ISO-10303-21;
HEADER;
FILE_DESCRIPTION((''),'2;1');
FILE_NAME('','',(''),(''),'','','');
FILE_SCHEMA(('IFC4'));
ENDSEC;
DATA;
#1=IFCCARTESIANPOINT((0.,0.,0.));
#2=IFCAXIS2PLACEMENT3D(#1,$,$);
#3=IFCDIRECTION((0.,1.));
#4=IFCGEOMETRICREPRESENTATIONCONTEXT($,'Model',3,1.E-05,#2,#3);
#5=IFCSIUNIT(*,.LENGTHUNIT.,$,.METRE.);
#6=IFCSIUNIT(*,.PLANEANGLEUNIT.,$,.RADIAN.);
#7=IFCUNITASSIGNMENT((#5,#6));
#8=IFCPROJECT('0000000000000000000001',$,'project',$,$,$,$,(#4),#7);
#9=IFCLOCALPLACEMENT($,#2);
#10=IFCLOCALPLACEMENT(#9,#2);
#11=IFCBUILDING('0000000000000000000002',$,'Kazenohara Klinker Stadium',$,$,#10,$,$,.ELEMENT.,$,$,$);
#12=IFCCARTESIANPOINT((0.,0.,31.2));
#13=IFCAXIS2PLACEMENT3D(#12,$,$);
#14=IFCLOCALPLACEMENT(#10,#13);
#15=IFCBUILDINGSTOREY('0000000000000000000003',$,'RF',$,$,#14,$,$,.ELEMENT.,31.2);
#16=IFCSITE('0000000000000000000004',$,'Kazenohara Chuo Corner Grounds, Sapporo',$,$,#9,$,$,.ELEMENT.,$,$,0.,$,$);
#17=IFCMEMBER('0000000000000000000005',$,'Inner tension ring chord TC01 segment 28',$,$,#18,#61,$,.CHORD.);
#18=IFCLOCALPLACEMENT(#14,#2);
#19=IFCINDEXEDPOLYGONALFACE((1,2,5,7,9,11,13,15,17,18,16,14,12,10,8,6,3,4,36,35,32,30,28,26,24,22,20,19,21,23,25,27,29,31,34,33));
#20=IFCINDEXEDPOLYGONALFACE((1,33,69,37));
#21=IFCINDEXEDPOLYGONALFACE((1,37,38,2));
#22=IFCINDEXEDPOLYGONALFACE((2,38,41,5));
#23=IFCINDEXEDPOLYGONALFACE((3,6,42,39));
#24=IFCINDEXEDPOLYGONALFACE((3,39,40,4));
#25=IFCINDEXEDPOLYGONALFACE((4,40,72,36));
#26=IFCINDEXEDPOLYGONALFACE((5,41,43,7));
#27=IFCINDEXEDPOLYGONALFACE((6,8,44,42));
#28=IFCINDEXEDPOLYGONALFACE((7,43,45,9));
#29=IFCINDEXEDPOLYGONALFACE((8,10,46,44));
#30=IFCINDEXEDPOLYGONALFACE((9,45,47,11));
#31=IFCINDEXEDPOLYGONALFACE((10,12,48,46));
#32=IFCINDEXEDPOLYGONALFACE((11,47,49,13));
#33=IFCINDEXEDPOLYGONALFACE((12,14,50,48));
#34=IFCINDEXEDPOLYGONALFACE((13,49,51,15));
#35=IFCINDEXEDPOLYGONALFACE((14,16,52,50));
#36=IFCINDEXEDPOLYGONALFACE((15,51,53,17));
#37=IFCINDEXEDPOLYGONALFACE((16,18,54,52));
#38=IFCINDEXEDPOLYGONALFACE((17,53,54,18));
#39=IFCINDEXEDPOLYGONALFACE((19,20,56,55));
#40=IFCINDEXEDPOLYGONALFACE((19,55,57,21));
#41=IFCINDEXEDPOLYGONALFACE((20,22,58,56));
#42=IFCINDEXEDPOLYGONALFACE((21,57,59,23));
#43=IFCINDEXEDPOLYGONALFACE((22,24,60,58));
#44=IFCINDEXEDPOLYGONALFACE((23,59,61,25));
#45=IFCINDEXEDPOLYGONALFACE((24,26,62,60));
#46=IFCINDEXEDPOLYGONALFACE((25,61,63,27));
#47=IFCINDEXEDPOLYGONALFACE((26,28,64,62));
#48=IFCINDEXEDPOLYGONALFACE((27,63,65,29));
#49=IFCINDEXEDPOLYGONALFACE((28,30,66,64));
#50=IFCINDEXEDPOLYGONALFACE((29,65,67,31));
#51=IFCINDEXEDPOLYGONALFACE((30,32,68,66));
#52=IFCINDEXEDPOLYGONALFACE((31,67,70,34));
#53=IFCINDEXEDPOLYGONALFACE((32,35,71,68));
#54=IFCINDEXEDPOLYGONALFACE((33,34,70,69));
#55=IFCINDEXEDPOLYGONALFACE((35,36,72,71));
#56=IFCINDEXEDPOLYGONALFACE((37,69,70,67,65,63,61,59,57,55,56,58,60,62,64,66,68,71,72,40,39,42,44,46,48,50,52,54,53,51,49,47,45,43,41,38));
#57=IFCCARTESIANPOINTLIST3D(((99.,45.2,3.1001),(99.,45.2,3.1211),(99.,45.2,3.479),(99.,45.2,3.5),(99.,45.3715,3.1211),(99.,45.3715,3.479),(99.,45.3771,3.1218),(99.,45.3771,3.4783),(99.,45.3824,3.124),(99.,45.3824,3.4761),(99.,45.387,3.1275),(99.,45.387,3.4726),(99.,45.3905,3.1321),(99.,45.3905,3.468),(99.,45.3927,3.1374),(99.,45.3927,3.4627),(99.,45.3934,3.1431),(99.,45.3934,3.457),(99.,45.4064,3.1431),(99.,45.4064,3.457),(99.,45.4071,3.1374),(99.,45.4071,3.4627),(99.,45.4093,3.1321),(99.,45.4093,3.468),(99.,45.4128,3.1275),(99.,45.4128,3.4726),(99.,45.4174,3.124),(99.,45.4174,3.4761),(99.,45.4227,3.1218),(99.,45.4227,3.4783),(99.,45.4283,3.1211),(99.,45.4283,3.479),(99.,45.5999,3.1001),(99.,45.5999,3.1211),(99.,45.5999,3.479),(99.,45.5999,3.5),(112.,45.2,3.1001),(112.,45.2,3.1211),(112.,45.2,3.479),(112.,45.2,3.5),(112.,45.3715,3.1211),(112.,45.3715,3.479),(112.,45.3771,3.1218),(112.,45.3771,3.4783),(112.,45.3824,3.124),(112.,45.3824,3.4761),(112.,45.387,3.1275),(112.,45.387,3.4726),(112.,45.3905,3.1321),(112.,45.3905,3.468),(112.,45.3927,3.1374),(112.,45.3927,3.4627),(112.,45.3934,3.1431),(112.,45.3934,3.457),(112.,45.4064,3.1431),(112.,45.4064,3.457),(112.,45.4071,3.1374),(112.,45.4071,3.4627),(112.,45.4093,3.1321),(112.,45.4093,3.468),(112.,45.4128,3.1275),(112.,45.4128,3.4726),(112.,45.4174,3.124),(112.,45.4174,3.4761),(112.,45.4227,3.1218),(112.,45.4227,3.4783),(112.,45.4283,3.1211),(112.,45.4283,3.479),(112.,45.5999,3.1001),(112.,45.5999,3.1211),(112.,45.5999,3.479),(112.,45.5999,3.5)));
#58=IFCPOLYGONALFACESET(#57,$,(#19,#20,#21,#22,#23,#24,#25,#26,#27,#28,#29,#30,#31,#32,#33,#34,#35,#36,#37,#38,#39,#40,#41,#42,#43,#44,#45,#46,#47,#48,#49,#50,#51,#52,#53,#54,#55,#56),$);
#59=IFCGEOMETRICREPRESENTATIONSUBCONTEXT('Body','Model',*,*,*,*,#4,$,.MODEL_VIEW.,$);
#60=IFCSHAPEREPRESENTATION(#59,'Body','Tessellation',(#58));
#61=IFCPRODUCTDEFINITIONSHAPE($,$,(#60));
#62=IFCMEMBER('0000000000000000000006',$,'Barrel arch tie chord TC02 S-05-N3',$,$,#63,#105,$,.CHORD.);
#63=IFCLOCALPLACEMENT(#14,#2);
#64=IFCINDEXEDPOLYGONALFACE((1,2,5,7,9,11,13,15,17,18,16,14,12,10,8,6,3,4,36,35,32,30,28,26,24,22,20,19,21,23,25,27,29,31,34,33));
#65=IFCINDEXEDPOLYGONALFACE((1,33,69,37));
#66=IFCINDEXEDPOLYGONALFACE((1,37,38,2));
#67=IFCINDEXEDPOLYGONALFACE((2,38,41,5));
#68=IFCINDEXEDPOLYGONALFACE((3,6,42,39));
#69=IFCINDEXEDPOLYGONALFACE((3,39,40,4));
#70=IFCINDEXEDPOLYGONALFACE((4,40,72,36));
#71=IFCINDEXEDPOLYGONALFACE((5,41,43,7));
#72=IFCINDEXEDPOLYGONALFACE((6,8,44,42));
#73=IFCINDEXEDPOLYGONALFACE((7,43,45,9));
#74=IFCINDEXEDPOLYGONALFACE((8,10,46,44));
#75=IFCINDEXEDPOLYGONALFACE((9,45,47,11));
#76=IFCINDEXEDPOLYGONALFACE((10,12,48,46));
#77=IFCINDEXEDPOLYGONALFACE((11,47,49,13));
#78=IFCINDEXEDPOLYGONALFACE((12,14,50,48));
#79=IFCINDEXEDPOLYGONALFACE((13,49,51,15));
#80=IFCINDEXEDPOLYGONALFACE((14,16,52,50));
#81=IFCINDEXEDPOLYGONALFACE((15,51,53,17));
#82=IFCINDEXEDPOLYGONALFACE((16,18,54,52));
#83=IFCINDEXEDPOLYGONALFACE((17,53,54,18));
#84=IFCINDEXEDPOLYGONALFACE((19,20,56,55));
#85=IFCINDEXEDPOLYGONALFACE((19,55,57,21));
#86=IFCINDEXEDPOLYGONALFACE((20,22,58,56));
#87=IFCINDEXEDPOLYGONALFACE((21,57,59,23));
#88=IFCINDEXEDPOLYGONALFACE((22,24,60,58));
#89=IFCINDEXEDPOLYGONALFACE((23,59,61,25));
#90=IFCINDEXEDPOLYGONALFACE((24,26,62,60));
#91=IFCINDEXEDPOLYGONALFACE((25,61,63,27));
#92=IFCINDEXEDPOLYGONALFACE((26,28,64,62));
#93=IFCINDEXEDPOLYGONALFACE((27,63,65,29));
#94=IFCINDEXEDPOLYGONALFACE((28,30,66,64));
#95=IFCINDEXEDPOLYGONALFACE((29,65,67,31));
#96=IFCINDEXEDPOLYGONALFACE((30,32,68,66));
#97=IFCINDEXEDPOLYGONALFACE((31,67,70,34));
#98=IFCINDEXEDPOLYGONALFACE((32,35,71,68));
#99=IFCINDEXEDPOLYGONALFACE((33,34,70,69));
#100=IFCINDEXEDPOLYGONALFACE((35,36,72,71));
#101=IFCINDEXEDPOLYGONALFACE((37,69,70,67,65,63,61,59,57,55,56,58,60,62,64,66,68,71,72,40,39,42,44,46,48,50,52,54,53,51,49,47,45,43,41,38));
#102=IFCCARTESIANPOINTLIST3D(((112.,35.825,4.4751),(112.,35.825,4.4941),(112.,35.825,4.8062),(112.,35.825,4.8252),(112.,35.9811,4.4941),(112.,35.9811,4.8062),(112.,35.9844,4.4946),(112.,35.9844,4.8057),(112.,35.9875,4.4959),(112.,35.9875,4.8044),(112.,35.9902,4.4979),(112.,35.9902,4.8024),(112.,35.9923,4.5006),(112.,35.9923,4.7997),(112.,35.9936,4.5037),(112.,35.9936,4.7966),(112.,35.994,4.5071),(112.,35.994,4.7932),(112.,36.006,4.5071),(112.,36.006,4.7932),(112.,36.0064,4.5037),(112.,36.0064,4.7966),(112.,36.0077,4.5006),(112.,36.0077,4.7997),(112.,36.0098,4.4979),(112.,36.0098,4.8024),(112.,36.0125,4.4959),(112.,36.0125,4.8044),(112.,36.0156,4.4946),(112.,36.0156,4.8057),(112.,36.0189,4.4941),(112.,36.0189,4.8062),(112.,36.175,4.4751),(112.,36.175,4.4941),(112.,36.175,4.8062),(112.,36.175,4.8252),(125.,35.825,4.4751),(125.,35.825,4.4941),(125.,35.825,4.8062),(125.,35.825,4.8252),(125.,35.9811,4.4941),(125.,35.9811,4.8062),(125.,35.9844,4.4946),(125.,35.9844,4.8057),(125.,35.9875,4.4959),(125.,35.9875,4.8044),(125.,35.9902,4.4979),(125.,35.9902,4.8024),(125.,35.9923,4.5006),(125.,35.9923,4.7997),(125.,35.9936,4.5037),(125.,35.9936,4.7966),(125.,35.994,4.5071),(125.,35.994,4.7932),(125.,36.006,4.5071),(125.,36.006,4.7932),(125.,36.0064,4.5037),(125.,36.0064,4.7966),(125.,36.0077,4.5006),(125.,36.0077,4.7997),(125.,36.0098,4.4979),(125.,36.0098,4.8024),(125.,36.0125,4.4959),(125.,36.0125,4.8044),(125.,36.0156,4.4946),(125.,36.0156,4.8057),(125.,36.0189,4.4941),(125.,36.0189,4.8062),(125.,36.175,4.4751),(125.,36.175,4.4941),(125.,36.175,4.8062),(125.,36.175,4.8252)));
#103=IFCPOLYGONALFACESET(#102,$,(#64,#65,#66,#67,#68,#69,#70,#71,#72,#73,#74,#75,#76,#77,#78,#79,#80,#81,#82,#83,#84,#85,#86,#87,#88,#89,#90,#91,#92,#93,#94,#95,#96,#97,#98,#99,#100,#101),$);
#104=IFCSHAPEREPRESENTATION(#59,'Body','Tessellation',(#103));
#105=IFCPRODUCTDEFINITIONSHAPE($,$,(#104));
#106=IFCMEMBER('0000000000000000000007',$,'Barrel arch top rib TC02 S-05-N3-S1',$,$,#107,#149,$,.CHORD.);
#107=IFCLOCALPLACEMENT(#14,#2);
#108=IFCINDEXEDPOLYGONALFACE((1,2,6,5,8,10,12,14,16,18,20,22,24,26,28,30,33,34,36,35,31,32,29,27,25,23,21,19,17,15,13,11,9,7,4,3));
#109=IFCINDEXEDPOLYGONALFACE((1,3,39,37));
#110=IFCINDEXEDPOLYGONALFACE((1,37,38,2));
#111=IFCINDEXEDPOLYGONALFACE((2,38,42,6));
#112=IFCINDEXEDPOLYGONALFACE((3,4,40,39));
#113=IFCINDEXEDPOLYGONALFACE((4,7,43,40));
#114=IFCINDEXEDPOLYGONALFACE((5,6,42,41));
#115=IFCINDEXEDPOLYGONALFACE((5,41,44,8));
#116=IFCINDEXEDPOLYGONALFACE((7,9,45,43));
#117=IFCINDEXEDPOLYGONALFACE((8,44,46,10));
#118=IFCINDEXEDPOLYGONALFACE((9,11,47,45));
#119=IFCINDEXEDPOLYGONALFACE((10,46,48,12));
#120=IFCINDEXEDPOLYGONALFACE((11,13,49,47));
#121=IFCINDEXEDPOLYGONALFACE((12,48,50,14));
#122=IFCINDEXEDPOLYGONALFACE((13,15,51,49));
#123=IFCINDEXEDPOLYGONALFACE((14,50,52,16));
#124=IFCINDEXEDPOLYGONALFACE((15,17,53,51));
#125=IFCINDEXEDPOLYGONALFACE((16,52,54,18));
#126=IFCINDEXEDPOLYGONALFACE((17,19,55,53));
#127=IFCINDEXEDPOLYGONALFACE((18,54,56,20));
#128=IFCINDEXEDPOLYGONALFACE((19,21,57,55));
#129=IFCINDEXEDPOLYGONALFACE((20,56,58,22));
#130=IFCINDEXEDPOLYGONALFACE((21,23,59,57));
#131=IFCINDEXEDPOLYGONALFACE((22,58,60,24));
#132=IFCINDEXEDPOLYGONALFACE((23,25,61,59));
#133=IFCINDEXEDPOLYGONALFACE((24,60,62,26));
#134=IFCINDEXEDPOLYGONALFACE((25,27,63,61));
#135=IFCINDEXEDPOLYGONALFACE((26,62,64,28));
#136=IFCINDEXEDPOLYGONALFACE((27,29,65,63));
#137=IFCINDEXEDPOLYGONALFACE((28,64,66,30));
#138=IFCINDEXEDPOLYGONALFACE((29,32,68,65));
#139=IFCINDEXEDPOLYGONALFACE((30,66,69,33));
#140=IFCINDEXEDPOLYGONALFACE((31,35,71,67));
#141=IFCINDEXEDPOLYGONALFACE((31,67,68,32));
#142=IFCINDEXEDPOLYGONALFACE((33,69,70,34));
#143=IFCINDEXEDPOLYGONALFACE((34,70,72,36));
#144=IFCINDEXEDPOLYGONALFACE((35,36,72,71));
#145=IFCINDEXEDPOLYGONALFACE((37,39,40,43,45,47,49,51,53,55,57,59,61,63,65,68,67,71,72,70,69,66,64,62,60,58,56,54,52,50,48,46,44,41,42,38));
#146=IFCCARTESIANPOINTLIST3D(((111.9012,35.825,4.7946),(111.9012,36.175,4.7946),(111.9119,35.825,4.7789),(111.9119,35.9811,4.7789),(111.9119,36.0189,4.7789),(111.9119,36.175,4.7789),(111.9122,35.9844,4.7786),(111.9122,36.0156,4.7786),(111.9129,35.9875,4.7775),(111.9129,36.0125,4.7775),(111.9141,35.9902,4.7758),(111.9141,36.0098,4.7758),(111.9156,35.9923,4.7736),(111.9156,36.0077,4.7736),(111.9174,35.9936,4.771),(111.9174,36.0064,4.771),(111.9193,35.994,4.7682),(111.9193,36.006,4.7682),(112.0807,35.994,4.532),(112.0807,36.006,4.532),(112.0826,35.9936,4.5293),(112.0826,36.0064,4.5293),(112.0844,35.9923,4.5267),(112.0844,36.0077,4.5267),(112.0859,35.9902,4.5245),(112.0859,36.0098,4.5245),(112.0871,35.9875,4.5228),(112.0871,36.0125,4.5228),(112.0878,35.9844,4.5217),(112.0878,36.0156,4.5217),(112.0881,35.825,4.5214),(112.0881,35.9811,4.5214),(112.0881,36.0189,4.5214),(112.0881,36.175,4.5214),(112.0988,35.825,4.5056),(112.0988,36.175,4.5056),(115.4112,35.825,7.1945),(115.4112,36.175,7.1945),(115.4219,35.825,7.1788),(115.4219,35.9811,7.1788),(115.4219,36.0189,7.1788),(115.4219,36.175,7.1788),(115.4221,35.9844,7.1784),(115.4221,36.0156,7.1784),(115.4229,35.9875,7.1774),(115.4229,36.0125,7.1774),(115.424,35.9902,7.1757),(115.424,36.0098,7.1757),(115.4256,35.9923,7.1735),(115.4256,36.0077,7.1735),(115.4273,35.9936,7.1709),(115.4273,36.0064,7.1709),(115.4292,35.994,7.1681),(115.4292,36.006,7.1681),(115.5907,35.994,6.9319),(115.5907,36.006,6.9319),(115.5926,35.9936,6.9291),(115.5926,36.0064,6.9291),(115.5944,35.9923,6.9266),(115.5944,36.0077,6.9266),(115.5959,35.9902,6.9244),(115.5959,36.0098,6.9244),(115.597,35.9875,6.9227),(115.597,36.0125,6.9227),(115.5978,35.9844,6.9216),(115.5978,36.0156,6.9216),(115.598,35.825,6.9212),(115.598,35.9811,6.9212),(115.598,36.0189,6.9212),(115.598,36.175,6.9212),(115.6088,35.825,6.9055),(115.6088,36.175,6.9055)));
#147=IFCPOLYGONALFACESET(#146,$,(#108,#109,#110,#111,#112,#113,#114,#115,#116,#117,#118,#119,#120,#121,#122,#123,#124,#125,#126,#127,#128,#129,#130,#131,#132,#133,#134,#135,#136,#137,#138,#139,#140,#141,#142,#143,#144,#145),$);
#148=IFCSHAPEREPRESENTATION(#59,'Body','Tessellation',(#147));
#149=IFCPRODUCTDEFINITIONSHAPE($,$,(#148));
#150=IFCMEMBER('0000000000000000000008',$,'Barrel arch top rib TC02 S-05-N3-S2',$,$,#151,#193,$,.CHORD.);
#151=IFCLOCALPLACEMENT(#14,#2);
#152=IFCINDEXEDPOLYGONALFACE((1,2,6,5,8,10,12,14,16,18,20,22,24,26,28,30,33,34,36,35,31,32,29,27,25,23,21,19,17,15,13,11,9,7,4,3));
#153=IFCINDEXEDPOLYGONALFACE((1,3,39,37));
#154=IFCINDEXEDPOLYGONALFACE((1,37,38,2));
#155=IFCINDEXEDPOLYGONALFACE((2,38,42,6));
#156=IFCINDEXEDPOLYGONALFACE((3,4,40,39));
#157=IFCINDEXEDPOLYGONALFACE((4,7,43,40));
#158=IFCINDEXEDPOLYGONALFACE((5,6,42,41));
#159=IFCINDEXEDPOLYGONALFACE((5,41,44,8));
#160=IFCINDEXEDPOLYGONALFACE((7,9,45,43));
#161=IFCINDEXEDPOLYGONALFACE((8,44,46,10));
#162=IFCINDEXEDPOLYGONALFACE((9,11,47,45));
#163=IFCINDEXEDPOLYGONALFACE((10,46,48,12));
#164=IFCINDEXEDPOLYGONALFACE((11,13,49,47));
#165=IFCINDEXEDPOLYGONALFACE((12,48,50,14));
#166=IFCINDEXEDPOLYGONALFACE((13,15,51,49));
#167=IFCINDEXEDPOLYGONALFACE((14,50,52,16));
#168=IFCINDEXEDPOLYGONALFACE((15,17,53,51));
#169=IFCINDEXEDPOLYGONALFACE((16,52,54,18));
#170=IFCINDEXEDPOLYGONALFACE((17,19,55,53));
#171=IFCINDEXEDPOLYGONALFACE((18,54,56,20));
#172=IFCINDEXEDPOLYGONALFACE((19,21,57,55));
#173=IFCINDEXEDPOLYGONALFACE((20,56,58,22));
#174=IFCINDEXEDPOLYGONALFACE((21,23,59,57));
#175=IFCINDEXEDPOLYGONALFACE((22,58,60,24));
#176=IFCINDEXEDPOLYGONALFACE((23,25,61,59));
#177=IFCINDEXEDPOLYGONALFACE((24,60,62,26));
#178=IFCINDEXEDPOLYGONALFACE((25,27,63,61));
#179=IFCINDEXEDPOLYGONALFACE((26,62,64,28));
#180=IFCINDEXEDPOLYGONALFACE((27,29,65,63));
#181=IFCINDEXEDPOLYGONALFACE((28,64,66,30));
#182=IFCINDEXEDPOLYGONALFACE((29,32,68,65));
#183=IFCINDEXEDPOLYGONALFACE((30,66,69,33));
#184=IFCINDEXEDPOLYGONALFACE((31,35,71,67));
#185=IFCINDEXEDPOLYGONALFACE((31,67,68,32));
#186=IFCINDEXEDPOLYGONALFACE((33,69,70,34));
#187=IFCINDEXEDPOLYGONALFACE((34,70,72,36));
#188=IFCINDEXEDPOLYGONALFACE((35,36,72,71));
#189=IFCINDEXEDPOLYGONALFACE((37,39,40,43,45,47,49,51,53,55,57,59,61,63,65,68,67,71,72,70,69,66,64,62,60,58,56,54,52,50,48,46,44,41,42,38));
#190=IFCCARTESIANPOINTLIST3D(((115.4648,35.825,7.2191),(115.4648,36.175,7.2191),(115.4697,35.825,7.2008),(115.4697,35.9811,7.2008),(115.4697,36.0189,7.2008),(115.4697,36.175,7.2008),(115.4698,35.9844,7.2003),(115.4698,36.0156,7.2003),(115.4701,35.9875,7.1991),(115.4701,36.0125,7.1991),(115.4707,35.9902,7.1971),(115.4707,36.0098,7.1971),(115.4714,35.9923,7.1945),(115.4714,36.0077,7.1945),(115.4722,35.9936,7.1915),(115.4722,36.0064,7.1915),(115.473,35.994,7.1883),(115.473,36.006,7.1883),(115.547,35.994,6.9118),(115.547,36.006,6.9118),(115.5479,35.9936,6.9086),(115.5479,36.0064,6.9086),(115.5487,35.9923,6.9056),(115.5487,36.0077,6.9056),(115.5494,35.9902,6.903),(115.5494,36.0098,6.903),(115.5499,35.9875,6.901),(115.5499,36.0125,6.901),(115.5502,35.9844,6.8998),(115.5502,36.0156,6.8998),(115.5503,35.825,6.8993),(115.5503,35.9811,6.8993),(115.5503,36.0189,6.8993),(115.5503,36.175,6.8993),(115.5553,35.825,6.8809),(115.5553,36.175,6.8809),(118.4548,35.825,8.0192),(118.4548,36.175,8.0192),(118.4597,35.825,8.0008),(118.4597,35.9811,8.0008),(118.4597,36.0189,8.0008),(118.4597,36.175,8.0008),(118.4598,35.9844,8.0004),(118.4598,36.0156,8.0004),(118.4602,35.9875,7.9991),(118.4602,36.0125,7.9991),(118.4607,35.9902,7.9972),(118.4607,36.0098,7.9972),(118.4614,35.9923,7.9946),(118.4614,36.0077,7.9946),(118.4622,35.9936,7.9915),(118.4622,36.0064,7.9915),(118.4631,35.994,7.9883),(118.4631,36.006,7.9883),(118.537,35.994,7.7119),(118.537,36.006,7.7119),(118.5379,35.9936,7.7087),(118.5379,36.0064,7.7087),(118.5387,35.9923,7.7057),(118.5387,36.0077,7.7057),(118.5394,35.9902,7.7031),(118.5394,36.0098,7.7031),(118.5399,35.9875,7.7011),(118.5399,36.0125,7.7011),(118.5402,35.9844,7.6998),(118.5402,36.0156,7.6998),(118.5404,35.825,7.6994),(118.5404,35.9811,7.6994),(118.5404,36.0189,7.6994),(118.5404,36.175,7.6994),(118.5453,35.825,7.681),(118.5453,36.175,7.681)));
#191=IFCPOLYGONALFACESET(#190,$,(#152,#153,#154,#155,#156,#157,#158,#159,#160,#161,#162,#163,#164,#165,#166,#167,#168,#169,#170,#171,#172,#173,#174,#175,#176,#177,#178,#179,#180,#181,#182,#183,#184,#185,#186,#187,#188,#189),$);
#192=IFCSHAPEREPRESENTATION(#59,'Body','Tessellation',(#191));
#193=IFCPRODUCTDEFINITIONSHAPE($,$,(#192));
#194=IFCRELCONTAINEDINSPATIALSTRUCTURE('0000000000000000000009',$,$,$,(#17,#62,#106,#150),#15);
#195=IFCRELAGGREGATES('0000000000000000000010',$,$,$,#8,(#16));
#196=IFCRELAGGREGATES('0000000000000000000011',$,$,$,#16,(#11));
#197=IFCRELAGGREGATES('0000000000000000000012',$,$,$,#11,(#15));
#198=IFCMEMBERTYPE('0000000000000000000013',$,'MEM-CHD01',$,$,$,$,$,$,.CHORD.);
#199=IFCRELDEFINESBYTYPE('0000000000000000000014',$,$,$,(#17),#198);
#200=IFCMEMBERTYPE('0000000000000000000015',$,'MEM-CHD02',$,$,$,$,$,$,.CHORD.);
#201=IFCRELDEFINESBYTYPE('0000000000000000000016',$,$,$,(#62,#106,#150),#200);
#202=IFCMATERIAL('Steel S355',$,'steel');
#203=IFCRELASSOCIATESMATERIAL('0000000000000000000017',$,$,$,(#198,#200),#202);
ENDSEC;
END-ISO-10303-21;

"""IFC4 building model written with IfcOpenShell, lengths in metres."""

from ifc_helpers import new_model, si_unit, direction, frame, origin, origin_2d, place, context, subcontext, project, spatial, i_section, extrude, material, material_profile, profile_set, type_object, element, save


model = new_model("IFC4")

# Units and contexts
model_context = context("Model", 3, precision=1e-05, world=origin(), true_north=direction((0.0, 1.0)))
body_context = subcontext(model_context, "Body", "Model", "MODEL_VIEW")
ifc_project = project(units=[si_unit("LENGTHUNIT", "METRE"), si_unit("PLANEANGLEUNIT", "RADIAN")], contexts=[model_context])

# Site, building, storey
site_placement = place(None, origin())
site = spatial("IfcSite", under=ifc_project, at=site_placement, Name="Kazenohara Chuo Corner Grounds, Sapporo", CompositionType="ELEMENT", RefElevation=0.0)
building_placement = place(site_placement, origin())
building = spatial("IfcBuilding", under=site, at=building_placement, Name="Kazenohara Klinker Stadium", CompositionType="ELEMENT")
storey_placement = place(building_placement, frame((0.0, 0.0, 31.2)))
storey = spatial("IfcBuildingStorey", under=building, at=storey_placement, Name="RF", CompositionType="ELEMENT", Elevation=31.2)

# Members
ifc_material_1 = material(Name="Steel S355", Category="steel")
ifc_material_profile_1 = material_profile(ifc_material_1, i_section(OverallWidth=0.3999, OverallDepth=0.3999, WebThickness=0.0129, FlangeThickness=0.021, FilletRadius=0.022, at=origin_2d()), Name="H-400x400x13x21")
ifc_profile_set_1 = profile_set([ifc_material_profile_1], Name="Steel S355")
member_type_1 = type_object("IfcMemberType", Name="MEM-CHD01", PredefinedType="CHORD", material=ifc_profile_set_1)
member_1_placement = place(storey_placement, frame((112.0, 45.3999, 3.3), z_axis=(-1.0, 0.0, 0.0), x_axis=(0.0, -1.0, 0.0)))
element("IfcMember", 1, at=member_1_placement, inside=storey, type_object=member_type_1, Name="Inner tension ring chord TC01 segment 28", PredefinedType="CHORD", context=body_context, shape_type="SweptSolid", body=[
    extrude(i_section(OverallWidth=0.3999, OverallDepth=0.3999, WebThickness=0.0129, FlangeThickness=0.021, FilletRadius=0.022, at=origin_2d()), origin(), (0.0, 0.0, 1.0), 13.0),
])
ifc_material_profile_2 = material_profile(ifc_material_1, i_section(OverallWidth=0.3501, OverallDepth=0.3501, WebThickness=0.012, FlangeThickness=0.019, FilletRadius=0.0129, at=origin_2d()), Name="H-350x350x12x19")
ifc_profile_set_2 = profile_set([ifc_material_profile_2], Name="Steel S355")
member_type_2 = type_object("IfcMemberType", Name="MEM-CHD02", PredefinedType="CHORD", material=ifc_profile_set_2)
member_2_placement = place(storey_placement, frame((112.0, 36.0, 4.6501), z_axis=(1.0, 0.0, 0.0), x_axis=(0.0, 1.0, 0.0)))
element("IfcMember", 2, at=member_2_placement, inside=storey, type_object=member_type_2, Name="Barrel arch tie chord TC02 S-05-N3", PredefinedType="CHORD", context=body_context, shape_type="SweptSolid", body=[
    extrude(i_section(OverallWidth=0.3501, OverallDepth=0.3501, WebThickness=0.012, FlangeThickness=0.019, FilletRadius=0.0129, at=origin_2d()), origin(), (0.0, 0.0, 1.0), 13.0),
])
member_3_placement = place(storey_placement, frame((112.0, 36.0, 4.6501), z_axis=(0.825492, 0.0, 0.564414), x_axis=(0.0, 1.0, 0.0)))
element("IfcMember", 3, at=member_3_placement, inside=storey, type_object=member_type_2, Name="Barrel arch top rib TC02 S-05-N3-S1", PredefinedType="CHORD", context=body_context, shape_type="SweptSolid", body=[
    extrude(i_section(OverallWidth=0.3501, OverallDepth=0.3501, WebThickness=0.012, FlangeThickness=0.019, FilletRadius=0.0129, at=origin_2d()), origin(), (0.0, 0.0, 1.0), 4.252),
])
member_4_placement = place(storey_placement, frame((115.51, 36.0, 7.05), z_axis=(0.966016, 0.0, 0.258482), x_axis=(0.0, 1.0, 0.0)))
element("IfcMember", 4, at=member_4_placement, inside=storey, type_object=member_type_2, Name="Barrel arch top rib TC02 S-05-N3-S2", PredefinedType="CHORD", context=body_context, shape_type="SweptSolid", body=[
    extrude(i_section(OverallWidth=0.3501, OverallDepth=0.3501, WebThickness=0.012, FlangeThickness=0.019, FilletRadius=0.0129, at=origin_2d()), origin(), (0.0, 0.0, 1.0), 3.0952),
])

save(model, "model.ifc")
